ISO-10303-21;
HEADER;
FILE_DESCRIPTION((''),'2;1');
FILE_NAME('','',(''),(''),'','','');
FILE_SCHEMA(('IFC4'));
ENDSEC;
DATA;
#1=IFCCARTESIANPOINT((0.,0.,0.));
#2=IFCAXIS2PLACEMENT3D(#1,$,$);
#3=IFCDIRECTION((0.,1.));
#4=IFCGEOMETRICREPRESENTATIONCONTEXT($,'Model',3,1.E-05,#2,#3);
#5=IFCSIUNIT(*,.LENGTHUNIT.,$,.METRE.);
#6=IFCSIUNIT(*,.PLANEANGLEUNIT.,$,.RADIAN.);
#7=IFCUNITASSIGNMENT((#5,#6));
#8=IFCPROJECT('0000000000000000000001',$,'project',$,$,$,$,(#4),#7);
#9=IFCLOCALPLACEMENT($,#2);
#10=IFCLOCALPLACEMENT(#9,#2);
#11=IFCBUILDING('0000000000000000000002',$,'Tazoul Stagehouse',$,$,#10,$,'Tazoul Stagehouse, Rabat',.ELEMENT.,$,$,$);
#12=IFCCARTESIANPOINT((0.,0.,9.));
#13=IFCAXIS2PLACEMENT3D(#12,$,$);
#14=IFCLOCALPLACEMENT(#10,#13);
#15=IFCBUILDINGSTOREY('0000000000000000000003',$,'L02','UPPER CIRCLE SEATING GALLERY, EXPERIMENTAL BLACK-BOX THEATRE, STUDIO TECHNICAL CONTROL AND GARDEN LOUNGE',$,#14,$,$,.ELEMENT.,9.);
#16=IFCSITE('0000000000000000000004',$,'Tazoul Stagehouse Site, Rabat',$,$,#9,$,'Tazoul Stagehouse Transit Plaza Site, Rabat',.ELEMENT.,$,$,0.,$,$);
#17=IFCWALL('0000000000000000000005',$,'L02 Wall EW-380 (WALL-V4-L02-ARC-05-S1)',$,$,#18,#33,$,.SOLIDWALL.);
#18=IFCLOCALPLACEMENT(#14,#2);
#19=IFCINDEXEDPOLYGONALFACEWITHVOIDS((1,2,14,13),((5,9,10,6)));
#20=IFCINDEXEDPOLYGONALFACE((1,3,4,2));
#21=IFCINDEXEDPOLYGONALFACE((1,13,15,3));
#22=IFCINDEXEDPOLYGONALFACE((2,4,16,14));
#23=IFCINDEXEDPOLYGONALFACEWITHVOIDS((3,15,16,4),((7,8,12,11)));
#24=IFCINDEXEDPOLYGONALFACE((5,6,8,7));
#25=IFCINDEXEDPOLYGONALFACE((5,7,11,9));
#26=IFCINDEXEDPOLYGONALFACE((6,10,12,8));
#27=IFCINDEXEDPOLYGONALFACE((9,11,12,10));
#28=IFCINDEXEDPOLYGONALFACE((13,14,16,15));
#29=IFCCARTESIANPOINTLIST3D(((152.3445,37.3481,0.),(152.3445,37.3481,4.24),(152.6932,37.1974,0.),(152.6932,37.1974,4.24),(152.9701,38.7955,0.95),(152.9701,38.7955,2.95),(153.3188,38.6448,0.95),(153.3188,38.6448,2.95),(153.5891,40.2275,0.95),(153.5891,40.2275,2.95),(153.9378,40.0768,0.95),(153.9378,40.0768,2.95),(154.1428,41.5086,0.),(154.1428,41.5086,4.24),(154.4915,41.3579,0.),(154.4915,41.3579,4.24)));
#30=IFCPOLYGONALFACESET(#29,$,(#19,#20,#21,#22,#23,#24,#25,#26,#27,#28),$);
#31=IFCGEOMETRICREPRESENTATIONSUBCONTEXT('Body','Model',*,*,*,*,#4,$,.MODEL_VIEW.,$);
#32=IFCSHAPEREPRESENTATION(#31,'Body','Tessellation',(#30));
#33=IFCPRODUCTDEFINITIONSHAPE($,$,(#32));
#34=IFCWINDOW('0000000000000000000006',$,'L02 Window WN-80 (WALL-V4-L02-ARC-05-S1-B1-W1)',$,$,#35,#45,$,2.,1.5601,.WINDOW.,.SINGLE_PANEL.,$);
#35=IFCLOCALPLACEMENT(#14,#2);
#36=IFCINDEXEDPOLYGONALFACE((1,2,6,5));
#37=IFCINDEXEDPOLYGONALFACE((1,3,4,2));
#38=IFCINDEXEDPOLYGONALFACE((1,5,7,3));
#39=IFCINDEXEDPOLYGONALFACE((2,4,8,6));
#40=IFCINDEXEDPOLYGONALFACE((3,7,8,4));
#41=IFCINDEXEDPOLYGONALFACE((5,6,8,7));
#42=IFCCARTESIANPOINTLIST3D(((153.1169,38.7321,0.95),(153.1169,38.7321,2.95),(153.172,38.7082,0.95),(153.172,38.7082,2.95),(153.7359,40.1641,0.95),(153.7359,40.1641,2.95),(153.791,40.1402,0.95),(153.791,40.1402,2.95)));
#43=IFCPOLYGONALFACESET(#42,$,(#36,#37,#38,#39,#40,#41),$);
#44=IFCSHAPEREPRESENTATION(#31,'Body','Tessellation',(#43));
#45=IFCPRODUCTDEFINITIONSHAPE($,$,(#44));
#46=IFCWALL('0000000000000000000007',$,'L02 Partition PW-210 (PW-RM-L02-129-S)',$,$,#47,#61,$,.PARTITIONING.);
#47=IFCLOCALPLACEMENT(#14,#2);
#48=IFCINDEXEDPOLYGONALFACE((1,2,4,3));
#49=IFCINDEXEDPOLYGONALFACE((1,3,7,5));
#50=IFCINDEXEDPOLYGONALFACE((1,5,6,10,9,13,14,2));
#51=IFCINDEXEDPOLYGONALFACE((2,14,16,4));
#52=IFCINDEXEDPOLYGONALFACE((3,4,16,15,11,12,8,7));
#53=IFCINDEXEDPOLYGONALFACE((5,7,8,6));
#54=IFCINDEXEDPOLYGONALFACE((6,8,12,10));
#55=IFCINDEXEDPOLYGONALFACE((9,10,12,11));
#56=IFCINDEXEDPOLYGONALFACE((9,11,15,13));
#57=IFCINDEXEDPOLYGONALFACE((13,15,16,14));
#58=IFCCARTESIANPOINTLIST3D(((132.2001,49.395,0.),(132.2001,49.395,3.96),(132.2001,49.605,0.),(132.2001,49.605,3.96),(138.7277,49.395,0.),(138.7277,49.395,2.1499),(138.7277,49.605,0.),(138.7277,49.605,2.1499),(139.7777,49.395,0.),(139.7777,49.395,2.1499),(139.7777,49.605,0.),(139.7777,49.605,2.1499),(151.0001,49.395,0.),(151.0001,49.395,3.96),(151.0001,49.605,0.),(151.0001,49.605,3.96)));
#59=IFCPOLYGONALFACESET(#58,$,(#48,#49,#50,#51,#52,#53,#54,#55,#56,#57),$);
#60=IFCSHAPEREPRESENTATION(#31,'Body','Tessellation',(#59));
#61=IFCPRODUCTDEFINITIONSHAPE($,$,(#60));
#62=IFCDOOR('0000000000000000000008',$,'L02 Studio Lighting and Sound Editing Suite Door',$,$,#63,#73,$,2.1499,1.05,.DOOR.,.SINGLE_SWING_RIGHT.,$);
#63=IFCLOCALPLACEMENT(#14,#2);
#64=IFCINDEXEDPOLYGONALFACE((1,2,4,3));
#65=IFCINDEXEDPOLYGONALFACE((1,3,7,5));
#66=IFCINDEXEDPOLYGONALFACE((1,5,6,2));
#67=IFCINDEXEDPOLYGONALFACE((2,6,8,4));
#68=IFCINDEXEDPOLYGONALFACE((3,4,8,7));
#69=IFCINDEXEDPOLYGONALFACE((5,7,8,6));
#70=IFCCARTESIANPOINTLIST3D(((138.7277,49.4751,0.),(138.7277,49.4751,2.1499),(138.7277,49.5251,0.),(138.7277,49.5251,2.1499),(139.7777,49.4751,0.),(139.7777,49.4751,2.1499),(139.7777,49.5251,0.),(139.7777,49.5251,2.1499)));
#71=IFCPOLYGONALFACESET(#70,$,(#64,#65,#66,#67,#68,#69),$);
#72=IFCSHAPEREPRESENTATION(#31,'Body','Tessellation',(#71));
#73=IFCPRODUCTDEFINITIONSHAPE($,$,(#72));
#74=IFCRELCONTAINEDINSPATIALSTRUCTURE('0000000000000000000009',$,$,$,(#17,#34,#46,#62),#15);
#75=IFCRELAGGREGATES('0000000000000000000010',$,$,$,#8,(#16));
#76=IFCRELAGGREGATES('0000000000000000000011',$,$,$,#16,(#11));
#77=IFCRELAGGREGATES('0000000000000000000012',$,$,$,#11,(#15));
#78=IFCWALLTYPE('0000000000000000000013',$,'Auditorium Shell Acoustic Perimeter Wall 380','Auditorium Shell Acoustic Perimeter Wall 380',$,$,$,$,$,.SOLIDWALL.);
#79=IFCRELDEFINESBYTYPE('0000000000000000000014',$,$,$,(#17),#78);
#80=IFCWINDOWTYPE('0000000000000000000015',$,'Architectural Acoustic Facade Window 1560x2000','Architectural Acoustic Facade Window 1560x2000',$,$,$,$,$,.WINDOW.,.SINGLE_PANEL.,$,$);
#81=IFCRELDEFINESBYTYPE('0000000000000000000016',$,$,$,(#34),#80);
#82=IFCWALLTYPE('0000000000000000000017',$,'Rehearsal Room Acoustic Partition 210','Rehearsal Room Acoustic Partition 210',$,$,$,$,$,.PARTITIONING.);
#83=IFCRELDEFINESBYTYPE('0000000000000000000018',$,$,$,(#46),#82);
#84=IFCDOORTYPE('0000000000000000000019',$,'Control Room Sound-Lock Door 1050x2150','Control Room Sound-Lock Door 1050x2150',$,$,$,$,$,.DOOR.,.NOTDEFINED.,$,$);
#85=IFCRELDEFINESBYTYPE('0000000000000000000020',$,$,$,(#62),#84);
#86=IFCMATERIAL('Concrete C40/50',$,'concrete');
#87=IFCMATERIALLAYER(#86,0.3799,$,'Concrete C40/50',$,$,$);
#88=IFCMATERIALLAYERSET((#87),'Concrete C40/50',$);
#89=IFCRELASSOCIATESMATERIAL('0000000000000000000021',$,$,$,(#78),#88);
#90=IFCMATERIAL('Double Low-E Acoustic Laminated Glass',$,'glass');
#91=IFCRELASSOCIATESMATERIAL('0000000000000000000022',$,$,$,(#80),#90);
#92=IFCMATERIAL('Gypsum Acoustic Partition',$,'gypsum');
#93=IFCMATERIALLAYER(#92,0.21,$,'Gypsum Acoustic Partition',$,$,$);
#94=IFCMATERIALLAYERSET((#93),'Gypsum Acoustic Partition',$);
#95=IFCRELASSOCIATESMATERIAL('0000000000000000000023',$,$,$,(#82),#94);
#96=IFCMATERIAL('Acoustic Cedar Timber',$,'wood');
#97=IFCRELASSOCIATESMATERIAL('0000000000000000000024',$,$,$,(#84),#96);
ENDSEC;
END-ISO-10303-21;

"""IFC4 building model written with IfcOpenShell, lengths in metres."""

from ifc_helpers import new_model, si_unit, direction, frame, frame_2d, origin, place, context, subcontext, project, spatial, rectangle, extrude, material, layer, layer_set, type_object, element, fill, save


model = new_model("IFC4")

# Units and contexts
model_context = context("Model", 3, precision=1e-05, world=origin(), true_north=direction((0.0, 1.0)))
body_context = subcontext(model_context, "Body", "Model", "MODEL_VIEW")
ifc_project = project(units=[si_unit("LENGTHUNIT", "METRE"), si_unit("PLANEANGLEUNIT", "RADIAN")], contexts=[model_context])

# Site, building, storey
site_placement = place(None, origin())
site = spatial("IfcSite", under=ifc_project, at=site_placement, Name="Tazoul Stagehouse Site, Rabat", LongName="Tazoul Stagehouse Transit Plaza Site, Rabat", CompositionType="ELEMENT", RefElevation=0.0)
building_placement = place(site_placement, origin())
building = spatial("IfcBuilding", under=site, at=building_placement, Name="Tazoul Stagehouse", LongName="Tazoul Stagehouse, Rabat", CompositionType="ELEMENT")
storey_placement = place(building_placement, frame((0.0, 0.0, 9.0)))
storey = spatial("IfcBuildingStorey", under=building, at=storey_placement, Name="L02", Description="UPPER CIRCLE SEATING GALLERY, EXPERIMENTAL BLACK-BOX THEATRE, STUDIO TECHNICAL CONTROL AND GARDEN LOUNGE", CompositionType="ELEMENT", Elevation=9.0)

# Shared definitions
ifc_material_1 = material(Name="Concrete C40/50", Category="concrete")

# Shared definitions
ifc_layer_1 = layer(ifc_material_1, 0.3799, Name="Concrete C40/50")
ifc_layer_set_1 = layer_set([ifc_layer_1], Name="Concrete C40/50")
wall_type_1 = type_object("IfcWallType", Name="Auditorium Shell Acoustic Perimeter Wall 380", Description="Auditorium Shell Acoustic Perimeter Wall 380", PredefinedType="SOLIDWALL", material=ifc_layer_set_1)
ifc_material_2 = material(Name="Double Low-E Acoustic Laminated Glass", Category="glass")
window_type_1 = type_object("IfcWindowType", Name="Architectural Acoustic Facade Window 1560x2000", Description="Architectural Acoustic Facade Window 1560x2000", PartitioningType="SINGLE_PANEL", PredefinedType="WINDOW", material=ifc_material_2)

# Wall, opening, window
wall_1_placement = place(storey_placement, frame((154.3171, 41.4331, 0.0), z_axis=(0.0, 0.0, 1.0), x_axis=(-0.396771, -0.917917, 0.0)))
wall_1 = element("IfcWall", 1, at=wall_1_placement, inside=storey, type_object=wall_type_1, Name="L02 Wall EW-380 (WALL-V4-L02-ARC-05-S1)", PredefinedType="SOLIDWALL", context=body_context, shape_type="SweptSolid", body=[
    extrude(rectangle(XDim=4.5325, YDim=0.3799, at=frame_2d((2.2661, 0.0))), origin(), (0.0, 0.0, 1.0), 4.24),
])
opening_1_placement = place(wall_1_placement, frame((1.3955, 0.0, 0.95)))
opening_1 = element("IfcOpeningElement", 2, at=opening_1_placement, cuts=wall_1, PredefinedType="OPENING", context=body_context, shape_type="SweptSolid", body=[
    extrude(rectangle(XDim=1.5601, YDim=2.0, at=frame_2d((0.78, 1.0))), frame((0.0, 0.21, 0.0), z_axis=(0.0, -1.0, 0.0), x_axis=(1.0, 0.0, 0.0)), (0.0, 0.0, 1.0), 0.4199),
])
window_1_placement = place(opening_1_placement, origin())
window_1 = element("IfcWindow", 3, at=window_1_placement, inside=storey, type_object=window_type_1, Name="L02 Window WN-80 (WALL-V4-L02-ARC-05-S1-B1-W1)", OverallHeight=2.0, OverallWidth=1.5601, PartitioningType="SINGLE_PANEL", PredefinedType="WINDOW", context=body_context, shape_type="SweptSolid", body=[
    extrude(rectangle(XDim=1.5601, YDim=2.0, at=frame_2d((0.78, 1.0))), frame((0.0, 0.03, 0.0), z_axis=(0.0, -1.0, 0.0), x_axis=(1.0, 0.0, 0.0)), (0.0, 0.0, 1.0), 0.0601),
])
fill(opening_1, window_1)

# Wall, opening, door
ifc_material_3 = material(Name="Gypsum Acoustic Partition", Category="gypsum")
ifc_layer_2 = layer(ifc_material_3, 0.21, Name="Gypsum Acoustic Partition")
ifc_layer_set_2 = layer_set([ifc_layer_2], Name="Gypsum Acoustic Partition")
wall_type_2 = type_object("IfcWallType", Name="Rehearsal Room Acoustic Partition 210", Description="Rehearsal Room Acoustic Partition 210", PredefinedType="PARTITIONING", material=ifc_layer_set_2)
wall_2_placement = place(storey_placement, frame((151.0, 49.5, 0.0), z_axis=(0.0, 0.0, 1.0), x_axis=(-1.0, 0.0, 0.0)))
wall_2 = element("IfcWall", 4, at=wall_2_placement, inside=storey, type_object=wall_type_2, Name="L02 Partition PW-210 (PW-RM-L02-129-S)", PredefinedType="PARTITIONING", context=body_context, shape_type="SweptSolid", body=[
    extrude(rectangle(XDim=18.8, YDim=0.21, at=frame_2d((9.3999, 0.0))), origin(), (0.0, 0.0, 1.0), 3.96),
])
opening_2_placement = place(wall_2_placement, frame((11.2224, 0.0, 0.0)))
opening_2 = element("IfcOpeningElement", 5, at=opening_2_placement, cuts=wall_2, PredefinedType="OPENING", context=body_context, shape_type="SweptSolid", body=[
    extrude(rectangle(XDim=1.05, YDim=2.1499, at=frame_2d((0.5249, 1.075))), frame((0.0, 0.125, 0.0), z_axis=(0.0, -1.0, 0.0), x_axis=(1.0, 0.0, 0.0)), (0.0, 0.0, 1.0), 0.25),
])
ifc_material_4 = material(Name="Acoustic Cedar Timber", Category="wood")
door_type_1 = type_object("IfcDoorType", Name="Control Room Sound-Lock Door 1050x2150", Description="Control Room Sound-Lock Door 1050x2150", OperationType="NOTDEFINED", PredefinedType="DOOR", material=ifc_material_4)
door_1_placement = place(opening_2_placement, origin())
door_1 = element("IfcDoor", 6, at=door_1_placement, inside=storey, type_object=door_type_1, Name="L02 Studio Lighting and Sound Editing Suite Door", OperationType="SINGLE_SWING_RIGHT", OverallHeight=2.1499, OverallWidth=1.05, PredefinedType="DOOR", context=body_context, shape_type="SweptSolid", body=[
    extrude(rectangle(XDim=1.05, YDim=2.1499, at=frame_2d((0.5249, 1.075))), frame((0.0, 0.0249, 0.0), z_axis=(0.0, -1.0, 0.0), x_axis=(1.0, 0.0, 0.0)), (0.0, 0.0, 1.0), 0.05),
])
fill(opening_2, door_1)

save(model, "model.ifc")
